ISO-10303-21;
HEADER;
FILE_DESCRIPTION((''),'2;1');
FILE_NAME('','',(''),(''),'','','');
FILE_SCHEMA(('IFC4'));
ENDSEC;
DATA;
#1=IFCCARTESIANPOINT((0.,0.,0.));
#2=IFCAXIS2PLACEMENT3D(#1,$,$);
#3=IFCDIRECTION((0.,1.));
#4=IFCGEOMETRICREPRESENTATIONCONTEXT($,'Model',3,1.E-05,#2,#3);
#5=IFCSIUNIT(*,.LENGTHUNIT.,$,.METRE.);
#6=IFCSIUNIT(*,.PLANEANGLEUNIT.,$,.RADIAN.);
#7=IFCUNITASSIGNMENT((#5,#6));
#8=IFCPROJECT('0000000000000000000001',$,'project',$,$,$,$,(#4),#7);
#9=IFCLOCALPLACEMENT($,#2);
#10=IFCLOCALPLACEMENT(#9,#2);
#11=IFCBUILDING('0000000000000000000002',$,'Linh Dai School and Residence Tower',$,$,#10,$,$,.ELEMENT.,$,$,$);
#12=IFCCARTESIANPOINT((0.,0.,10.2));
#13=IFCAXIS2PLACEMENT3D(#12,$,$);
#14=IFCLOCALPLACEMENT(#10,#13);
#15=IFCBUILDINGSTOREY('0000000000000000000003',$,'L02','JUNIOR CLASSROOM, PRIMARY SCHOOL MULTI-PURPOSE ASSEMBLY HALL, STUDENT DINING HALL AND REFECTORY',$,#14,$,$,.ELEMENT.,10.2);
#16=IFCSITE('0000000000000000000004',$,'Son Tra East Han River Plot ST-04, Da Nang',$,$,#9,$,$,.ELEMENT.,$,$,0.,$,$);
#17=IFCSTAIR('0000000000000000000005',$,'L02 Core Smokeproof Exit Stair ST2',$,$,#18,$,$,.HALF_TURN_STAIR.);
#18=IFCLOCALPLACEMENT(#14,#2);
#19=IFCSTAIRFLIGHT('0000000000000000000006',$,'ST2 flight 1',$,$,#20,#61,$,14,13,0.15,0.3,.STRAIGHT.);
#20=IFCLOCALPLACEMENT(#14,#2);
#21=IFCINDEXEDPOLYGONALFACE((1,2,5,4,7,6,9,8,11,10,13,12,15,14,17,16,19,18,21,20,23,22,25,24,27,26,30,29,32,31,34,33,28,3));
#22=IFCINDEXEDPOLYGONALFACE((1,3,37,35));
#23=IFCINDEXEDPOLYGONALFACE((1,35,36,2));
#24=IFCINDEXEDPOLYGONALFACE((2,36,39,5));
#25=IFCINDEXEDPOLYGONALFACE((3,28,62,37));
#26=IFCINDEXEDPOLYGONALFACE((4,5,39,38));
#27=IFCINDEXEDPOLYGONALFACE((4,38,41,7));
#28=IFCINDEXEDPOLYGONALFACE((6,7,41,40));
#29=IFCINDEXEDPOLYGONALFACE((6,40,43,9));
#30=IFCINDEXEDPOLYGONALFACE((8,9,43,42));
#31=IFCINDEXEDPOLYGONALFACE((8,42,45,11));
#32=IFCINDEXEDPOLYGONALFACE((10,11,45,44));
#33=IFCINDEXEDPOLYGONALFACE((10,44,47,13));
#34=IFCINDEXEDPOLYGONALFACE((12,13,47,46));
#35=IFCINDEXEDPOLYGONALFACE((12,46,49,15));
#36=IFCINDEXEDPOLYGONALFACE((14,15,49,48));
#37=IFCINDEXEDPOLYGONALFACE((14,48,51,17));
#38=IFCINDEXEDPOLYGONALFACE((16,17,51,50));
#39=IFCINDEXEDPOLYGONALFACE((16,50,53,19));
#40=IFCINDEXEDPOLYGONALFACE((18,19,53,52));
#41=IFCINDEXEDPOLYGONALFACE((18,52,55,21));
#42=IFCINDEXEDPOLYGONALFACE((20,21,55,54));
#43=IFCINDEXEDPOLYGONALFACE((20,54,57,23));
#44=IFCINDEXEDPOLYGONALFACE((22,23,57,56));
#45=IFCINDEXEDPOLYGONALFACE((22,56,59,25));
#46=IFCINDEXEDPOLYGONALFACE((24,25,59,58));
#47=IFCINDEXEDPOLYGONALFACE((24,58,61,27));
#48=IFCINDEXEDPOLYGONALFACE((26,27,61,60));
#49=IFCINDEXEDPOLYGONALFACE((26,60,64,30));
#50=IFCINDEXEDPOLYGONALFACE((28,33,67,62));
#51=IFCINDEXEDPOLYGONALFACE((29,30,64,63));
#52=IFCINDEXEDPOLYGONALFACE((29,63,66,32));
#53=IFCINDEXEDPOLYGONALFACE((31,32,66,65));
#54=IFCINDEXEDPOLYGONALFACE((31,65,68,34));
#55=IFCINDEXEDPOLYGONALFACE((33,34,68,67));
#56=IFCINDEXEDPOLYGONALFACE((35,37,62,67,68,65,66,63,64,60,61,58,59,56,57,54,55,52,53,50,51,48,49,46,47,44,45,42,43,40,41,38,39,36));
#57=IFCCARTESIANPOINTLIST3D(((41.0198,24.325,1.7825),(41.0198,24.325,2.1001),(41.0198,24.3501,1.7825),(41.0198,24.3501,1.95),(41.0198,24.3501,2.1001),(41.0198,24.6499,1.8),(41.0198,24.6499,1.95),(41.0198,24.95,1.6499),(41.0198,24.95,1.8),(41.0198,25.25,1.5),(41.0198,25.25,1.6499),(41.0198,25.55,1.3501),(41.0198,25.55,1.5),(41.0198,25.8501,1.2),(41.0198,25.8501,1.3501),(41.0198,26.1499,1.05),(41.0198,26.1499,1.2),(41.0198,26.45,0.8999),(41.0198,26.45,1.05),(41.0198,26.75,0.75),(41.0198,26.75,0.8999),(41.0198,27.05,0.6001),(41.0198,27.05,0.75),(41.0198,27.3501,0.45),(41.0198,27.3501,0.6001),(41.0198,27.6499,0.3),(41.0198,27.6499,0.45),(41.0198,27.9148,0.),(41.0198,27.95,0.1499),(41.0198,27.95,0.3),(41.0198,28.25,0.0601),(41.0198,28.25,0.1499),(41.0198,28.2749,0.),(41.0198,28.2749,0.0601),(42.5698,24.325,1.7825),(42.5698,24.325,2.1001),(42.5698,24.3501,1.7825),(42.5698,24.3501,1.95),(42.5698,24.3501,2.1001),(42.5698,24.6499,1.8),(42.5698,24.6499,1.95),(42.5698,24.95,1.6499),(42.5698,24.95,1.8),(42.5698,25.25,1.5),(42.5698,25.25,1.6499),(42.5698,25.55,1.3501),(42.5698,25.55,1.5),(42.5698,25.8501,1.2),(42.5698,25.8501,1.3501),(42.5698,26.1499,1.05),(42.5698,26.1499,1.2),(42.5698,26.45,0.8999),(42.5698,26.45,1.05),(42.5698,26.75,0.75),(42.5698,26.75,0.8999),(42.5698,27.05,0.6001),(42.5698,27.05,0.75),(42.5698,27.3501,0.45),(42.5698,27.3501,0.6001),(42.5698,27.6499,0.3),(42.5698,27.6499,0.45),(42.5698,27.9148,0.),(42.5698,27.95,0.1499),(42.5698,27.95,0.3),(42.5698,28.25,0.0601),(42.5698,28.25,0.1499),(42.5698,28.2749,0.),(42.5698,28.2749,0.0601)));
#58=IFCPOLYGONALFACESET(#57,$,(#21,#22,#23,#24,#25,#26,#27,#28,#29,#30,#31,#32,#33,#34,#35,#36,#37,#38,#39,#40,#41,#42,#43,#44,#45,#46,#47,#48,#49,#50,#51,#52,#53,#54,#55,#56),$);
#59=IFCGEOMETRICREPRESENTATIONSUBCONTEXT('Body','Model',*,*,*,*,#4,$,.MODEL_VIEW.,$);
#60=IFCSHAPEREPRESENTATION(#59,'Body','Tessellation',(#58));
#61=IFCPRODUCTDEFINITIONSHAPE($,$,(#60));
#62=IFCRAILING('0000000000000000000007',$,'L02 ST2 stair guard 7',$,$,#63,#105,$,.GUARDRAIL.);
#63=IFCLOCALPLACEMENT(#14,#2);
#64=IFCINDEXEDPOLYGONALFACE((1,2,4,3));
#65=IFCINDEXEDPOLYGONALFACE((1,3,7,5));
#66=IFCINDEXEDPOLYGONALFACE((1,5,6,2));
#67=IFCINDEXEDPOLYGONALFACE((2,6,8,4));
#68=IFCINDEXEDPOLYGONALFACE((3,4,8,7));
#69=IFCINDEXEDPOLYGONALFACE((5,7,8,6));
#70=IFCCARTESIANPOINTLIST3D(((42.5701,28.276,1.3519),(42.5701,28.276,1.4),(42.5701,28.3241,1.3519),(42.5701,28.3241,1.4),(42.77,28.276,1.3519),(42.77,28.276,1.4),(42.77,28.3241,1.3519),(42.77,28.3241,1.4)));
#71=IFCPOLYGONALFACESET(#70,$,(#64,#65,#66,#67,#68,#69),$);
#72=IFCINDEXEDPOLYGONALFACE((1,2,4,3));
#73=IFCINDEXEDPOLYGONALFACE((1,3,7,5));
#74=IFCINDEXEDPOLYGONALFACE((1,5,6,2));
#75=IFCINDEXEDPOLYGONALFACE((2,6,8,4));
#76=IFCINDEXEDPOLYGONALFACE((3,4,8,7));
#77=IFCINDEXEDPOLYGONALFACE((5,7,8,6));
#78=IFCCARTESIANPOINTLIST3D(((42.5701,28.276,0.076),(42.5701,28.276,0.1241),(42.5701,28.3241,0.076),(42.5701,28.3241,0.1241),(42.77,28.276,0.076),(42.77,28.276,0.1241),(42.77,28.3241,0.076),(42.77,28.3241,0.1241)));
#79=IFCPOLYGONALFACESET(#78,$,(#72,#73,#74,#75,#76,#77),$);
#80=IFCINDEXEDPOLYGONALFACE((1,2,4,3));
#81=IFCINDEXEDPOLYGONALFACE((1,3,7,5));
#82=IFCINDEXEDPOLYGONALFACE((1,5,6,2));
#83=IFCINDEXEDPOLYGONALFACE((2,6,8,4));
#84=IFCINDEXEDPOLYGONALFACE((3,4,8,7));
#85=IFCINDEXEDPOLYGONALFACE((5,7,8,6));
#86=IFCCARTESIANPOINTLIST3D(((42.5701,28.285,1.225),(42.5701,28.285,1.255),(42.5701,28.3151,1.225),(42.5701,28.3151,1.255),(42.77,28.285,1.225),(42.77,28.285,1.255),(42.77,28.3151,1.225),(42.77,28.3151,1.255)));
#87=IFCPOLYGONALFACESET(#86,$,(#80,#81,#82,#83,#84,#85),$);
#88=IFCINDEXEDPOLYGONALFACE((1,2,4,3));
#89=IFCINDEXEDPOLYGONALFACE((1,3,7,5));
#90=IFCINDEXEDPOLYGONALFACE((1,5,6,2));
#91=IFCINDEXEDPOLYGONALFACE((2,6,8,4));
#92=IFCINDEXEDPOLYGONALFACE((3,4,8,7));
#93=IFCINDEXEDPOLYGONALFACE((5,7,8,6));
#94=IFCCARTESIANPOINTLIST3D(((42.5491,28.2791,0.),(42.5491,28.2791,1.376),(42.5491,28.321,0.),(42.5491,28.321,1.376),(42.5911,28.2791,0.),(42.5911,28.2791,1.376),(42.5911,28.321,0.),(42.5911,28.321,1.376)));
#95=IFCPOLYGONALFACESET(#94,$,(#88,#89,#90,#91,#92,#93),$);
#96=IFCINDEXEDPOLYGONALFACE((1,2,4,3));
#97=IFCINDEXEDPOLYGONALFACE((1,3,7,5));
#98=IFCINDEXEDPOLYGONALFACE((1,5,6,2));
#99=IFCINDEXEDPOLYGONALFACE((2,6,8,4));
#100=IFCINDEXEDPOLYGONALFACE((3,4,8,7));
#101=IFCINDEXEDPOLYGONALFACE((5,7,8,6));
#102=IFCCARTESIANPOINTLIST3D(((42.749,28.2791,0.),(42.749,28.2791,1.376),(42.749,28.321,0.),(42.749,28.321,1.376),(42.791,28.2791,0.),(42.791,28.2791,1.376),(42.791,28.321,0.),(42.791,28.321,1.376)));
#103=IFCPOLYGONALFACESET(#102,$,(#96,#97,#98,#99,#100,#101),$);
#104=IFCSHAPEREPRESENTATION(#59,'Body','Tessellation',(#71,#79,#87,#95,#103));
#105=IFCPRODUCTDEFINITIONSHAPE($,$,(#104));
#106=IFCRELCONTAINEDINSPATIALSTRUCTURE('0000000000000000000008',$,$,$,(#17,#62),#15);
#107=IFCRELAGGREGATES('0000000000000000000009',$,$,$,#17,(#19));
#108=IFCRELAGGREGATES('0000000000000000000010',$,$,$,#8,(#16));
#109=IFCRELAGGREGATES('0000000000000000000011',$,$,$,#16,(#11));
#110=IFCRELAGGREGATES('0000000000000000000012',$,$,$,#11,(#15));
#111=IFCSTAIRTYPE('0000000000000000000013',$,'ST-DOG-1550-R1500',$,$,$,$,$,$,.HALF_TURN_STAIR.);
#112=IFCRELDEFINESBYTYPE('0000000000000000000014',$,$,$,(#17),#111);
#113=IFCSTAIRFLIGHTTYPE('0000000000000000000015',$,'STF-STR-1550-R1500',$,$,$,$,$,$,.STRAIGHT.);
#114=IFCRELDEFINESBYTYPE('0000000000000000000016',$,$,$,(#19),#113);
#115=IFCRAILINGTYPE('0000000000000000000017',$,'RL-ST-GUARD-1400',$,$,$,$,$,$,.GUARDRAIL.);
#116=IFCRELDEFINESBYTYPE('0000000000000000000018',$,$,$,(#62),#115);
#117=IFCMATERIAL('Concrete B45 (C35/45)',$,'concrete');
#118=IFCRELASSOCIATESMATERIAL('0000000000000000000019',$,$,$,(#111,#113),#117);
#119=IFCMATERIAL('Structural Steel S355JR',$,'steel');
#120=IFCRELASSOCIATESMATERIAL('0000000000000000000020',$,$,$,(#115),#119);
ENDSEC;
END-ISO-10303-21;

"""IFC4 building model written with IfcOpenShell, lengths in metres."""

from ifc_helpers import new_model, si_unit, direction, frame, origin, origin_2d, place, context, subcontext, project, spatial, polyline, rectangle, outline, extrude, source, transform, mapped, material, type_object, element, aggregate, save


model = new_model("IFC4")

# Units and contexts
model_context = context("Model", 3, precision=1e-05, world=origin(), true_north=direction((0.0, 1.0)))
body_context = subcontext(model_context, "Body", "Model", "MODEL_VIEW")
ifc_project = project(units=[si_unit("LENGTHUNIT", "METRE"), si_unit("PLANEANGLEUNIT", "RADIAN")], contexts=[model_context])

# Site, building, storey
site_placement = place(None, origin())
site = spatial("IfcSite", under=ifc_project, at=site_placement, Name="Son Tra East Han River Plot ST-04, Da Nang", CompositionType="ELEMENT", RefElevation=0.0)
building_placement = place(site_placement, origin())
building = spatial("IfcBuilding", under=site, at=building_placement, Name="Linh Dai School and Residence Tower", CompositionType="ELEMENT")
storey_placement = place(building_placement, frame((0.0, 0.0, 10.2)))
storey = spatial("IfcBuildingStorey", under=building, at=storey_placement, Name="L02", Description="JUNIOR CLASSROOM, PRIMARY SCHOOL MULTI-PURPOSE ASSEMBLY HALL, STUDENT DINING HALL AND REFECTORY", CompositionType="ELEMENT", Elevation=10.2)

# Shared definitions
ifc_material_1 = material(Name="Structural Steel S355JR", Category="steel")

# Shared definitions
ifc_material_2 = material(Name="Concrete B45 (C35/45)", Category="concrete")

# Stair, stair flight
stair_type = type_object("IfcStairType", Name="ST-DOG-1550-R1500", PredefinedType="HALF_TURN_STAIR", material=ifc_material_2)
stair_placement = place(storey_placement, origin())
stair = element("IfcStair", 1, at=stair_placement, inside=storey, type_object=stair_type, Name="L02 Core Smokeproof Exit Stair ST2", PredefinedType="HALF_TURN_STAIR")
stair_flight_type = type_object("IfcStairFlightType", Name="STF-STR-1550-R1500", PredefinedType="STRAIGHT", material=ifc_material_2)
shared_shape_1 = source(origin(), body_context, "Body", "SweptSolid", [
    extrude(outline(polyline([(-0.0249, 0.0), (-0.0249, 0.0601), (0.0, 0.0601), (0.0, 0.1499), (0.3, 0.1499), (0.3, 0.3), (0.6001, 0.3), (0.6001, 0.45), (0.8999, 0.45), (0.8999, 0.6001), (1.2, 0.6001), (1.2, 0.75), (1.5, 0.75), (1.5, 0.8999), (1.8, 0.8999), (1.8, 1.05), (2.1001, 1.05), (2.1001, 1.2), (2.3999, 1.2), (2.3999, 1.3501), (2.7, 1.3501), (2.7, 1.5), (3.0, 1.5), (3.0, 1.6499), (3.3, 1.6499), (3.3, 1.8), (3.6001, 1.8), (3.6001, 1.95), (3.8999, 1.95), (3.8999, 2.1001), (3.925, 2.1001), (3.925, 1.7825), (3.8999, 1.7825), (0.3352, 0.0), (-0.0249, 0.0)])), frame((0.0, 0.7749, 0.0), z_axis=(0.0, -1.0, 0.0), x_axis=(1.0, 0.0, 0.0)), (0.0, 0.0, 1.0), 1.55),
])
stair_flight_placement = place(storey_placement, frame((41.7949, 28.25, 0.0), z_axis=(0.0, 0.0, 1.0), x_axis=(0.0, -1.0, 0.0)))
stair_flight = element("IfcStairFlight", 2, at=stair_flight_placement, type_object=stair_flight_type, Name="ST2 flight 1", NumberOfRisers=14, NumberOfTreads=13, PredefinedType="STRAIGHT", RiserHeight=0.15, TreadLength=0.3, context=body_context, shape_type="MappedRepresentation", body=[
    mapped(shared_shape_1, transform((0.0, 0.0, 0.0), x_axis=(1.0, 0.0, 0.0), y_axis=(0.0, 1.0, 0.0), z_axis=(0.0, 0.0, 1.0), scale=1.0)),
])
aggregate(stair, [stair_flight])

# Railing
railing_type_1 = type_object("IfcRailingType", Name="RL-ST-GUARD-1400", PredefinedType="GUARDRAIL", material=ifc_material_1)
shared_shape_2 = source(origin(), body_context, "Body", "SweptSolid", [
    extrude(rectangle(XDim=0.0481, YDim=0.0481, at=origin_2d()), frame((0.0, 0.0, 1.376), z_axis=(1.0, 0.0, 0.0), x_axis=(0.0, 1.0, 0.0)), (0.0, 0.0, 1.0), 0.2),
    extrude(rectangle(XDim=0.0481, YDim=0.0481, at=origin_2d()), frame((0.0, 0.0, 0.1001), z_axis=(1.0, 0.0, 0.0), x_axis=(0.0, 1.0, 0.0)), (0.0, 0.0, 1.0), 0.2),
    extrude(rectangle(XDim=0.03, YDim=0.03, at=origin_2d()), frame((0.0, 0.0, 1.24), z_axis=(1.0, 0.0, 0.0), x_axis=(0.0, 1.0, 0.0)), (0.0, 0.0, 1.0), 0.2),
    extrude(rectangle(XDim=0.042, YDim=0.042, at=origin_2d()), origin(), (0.0, 0.0, 1.0), 1.376),
    extrude(rectangle(XDim=0.042, YDim=0.042, at=origin_2d()), frame((0.2, 0.0, 0.0)), (0.0, 0.0, 1.0), 1.376),
])
railing_1_placement = place(storey_placement, frame((42.5701, 28.3, 0.0)))
element("IfcRailing", 3, at=railing_1_placement, inside=storey, type_object=railing_type_1, Name="L02 ST2 stair guard 7", PredefinedType="GUARDRAIL", context=body_context, shape_type="MappedRepresentation", body=[
    mapped(shared_shape_2, transform((0.0, 0.0, 0.0), x_axis=(1.0, 0.0, 0.0), y_axis=(0.0, 1.0, 0.0), z_axis=(0.0, 0.0, 1.0), scale=1.0)),
])

save(model, "model.ifc")
